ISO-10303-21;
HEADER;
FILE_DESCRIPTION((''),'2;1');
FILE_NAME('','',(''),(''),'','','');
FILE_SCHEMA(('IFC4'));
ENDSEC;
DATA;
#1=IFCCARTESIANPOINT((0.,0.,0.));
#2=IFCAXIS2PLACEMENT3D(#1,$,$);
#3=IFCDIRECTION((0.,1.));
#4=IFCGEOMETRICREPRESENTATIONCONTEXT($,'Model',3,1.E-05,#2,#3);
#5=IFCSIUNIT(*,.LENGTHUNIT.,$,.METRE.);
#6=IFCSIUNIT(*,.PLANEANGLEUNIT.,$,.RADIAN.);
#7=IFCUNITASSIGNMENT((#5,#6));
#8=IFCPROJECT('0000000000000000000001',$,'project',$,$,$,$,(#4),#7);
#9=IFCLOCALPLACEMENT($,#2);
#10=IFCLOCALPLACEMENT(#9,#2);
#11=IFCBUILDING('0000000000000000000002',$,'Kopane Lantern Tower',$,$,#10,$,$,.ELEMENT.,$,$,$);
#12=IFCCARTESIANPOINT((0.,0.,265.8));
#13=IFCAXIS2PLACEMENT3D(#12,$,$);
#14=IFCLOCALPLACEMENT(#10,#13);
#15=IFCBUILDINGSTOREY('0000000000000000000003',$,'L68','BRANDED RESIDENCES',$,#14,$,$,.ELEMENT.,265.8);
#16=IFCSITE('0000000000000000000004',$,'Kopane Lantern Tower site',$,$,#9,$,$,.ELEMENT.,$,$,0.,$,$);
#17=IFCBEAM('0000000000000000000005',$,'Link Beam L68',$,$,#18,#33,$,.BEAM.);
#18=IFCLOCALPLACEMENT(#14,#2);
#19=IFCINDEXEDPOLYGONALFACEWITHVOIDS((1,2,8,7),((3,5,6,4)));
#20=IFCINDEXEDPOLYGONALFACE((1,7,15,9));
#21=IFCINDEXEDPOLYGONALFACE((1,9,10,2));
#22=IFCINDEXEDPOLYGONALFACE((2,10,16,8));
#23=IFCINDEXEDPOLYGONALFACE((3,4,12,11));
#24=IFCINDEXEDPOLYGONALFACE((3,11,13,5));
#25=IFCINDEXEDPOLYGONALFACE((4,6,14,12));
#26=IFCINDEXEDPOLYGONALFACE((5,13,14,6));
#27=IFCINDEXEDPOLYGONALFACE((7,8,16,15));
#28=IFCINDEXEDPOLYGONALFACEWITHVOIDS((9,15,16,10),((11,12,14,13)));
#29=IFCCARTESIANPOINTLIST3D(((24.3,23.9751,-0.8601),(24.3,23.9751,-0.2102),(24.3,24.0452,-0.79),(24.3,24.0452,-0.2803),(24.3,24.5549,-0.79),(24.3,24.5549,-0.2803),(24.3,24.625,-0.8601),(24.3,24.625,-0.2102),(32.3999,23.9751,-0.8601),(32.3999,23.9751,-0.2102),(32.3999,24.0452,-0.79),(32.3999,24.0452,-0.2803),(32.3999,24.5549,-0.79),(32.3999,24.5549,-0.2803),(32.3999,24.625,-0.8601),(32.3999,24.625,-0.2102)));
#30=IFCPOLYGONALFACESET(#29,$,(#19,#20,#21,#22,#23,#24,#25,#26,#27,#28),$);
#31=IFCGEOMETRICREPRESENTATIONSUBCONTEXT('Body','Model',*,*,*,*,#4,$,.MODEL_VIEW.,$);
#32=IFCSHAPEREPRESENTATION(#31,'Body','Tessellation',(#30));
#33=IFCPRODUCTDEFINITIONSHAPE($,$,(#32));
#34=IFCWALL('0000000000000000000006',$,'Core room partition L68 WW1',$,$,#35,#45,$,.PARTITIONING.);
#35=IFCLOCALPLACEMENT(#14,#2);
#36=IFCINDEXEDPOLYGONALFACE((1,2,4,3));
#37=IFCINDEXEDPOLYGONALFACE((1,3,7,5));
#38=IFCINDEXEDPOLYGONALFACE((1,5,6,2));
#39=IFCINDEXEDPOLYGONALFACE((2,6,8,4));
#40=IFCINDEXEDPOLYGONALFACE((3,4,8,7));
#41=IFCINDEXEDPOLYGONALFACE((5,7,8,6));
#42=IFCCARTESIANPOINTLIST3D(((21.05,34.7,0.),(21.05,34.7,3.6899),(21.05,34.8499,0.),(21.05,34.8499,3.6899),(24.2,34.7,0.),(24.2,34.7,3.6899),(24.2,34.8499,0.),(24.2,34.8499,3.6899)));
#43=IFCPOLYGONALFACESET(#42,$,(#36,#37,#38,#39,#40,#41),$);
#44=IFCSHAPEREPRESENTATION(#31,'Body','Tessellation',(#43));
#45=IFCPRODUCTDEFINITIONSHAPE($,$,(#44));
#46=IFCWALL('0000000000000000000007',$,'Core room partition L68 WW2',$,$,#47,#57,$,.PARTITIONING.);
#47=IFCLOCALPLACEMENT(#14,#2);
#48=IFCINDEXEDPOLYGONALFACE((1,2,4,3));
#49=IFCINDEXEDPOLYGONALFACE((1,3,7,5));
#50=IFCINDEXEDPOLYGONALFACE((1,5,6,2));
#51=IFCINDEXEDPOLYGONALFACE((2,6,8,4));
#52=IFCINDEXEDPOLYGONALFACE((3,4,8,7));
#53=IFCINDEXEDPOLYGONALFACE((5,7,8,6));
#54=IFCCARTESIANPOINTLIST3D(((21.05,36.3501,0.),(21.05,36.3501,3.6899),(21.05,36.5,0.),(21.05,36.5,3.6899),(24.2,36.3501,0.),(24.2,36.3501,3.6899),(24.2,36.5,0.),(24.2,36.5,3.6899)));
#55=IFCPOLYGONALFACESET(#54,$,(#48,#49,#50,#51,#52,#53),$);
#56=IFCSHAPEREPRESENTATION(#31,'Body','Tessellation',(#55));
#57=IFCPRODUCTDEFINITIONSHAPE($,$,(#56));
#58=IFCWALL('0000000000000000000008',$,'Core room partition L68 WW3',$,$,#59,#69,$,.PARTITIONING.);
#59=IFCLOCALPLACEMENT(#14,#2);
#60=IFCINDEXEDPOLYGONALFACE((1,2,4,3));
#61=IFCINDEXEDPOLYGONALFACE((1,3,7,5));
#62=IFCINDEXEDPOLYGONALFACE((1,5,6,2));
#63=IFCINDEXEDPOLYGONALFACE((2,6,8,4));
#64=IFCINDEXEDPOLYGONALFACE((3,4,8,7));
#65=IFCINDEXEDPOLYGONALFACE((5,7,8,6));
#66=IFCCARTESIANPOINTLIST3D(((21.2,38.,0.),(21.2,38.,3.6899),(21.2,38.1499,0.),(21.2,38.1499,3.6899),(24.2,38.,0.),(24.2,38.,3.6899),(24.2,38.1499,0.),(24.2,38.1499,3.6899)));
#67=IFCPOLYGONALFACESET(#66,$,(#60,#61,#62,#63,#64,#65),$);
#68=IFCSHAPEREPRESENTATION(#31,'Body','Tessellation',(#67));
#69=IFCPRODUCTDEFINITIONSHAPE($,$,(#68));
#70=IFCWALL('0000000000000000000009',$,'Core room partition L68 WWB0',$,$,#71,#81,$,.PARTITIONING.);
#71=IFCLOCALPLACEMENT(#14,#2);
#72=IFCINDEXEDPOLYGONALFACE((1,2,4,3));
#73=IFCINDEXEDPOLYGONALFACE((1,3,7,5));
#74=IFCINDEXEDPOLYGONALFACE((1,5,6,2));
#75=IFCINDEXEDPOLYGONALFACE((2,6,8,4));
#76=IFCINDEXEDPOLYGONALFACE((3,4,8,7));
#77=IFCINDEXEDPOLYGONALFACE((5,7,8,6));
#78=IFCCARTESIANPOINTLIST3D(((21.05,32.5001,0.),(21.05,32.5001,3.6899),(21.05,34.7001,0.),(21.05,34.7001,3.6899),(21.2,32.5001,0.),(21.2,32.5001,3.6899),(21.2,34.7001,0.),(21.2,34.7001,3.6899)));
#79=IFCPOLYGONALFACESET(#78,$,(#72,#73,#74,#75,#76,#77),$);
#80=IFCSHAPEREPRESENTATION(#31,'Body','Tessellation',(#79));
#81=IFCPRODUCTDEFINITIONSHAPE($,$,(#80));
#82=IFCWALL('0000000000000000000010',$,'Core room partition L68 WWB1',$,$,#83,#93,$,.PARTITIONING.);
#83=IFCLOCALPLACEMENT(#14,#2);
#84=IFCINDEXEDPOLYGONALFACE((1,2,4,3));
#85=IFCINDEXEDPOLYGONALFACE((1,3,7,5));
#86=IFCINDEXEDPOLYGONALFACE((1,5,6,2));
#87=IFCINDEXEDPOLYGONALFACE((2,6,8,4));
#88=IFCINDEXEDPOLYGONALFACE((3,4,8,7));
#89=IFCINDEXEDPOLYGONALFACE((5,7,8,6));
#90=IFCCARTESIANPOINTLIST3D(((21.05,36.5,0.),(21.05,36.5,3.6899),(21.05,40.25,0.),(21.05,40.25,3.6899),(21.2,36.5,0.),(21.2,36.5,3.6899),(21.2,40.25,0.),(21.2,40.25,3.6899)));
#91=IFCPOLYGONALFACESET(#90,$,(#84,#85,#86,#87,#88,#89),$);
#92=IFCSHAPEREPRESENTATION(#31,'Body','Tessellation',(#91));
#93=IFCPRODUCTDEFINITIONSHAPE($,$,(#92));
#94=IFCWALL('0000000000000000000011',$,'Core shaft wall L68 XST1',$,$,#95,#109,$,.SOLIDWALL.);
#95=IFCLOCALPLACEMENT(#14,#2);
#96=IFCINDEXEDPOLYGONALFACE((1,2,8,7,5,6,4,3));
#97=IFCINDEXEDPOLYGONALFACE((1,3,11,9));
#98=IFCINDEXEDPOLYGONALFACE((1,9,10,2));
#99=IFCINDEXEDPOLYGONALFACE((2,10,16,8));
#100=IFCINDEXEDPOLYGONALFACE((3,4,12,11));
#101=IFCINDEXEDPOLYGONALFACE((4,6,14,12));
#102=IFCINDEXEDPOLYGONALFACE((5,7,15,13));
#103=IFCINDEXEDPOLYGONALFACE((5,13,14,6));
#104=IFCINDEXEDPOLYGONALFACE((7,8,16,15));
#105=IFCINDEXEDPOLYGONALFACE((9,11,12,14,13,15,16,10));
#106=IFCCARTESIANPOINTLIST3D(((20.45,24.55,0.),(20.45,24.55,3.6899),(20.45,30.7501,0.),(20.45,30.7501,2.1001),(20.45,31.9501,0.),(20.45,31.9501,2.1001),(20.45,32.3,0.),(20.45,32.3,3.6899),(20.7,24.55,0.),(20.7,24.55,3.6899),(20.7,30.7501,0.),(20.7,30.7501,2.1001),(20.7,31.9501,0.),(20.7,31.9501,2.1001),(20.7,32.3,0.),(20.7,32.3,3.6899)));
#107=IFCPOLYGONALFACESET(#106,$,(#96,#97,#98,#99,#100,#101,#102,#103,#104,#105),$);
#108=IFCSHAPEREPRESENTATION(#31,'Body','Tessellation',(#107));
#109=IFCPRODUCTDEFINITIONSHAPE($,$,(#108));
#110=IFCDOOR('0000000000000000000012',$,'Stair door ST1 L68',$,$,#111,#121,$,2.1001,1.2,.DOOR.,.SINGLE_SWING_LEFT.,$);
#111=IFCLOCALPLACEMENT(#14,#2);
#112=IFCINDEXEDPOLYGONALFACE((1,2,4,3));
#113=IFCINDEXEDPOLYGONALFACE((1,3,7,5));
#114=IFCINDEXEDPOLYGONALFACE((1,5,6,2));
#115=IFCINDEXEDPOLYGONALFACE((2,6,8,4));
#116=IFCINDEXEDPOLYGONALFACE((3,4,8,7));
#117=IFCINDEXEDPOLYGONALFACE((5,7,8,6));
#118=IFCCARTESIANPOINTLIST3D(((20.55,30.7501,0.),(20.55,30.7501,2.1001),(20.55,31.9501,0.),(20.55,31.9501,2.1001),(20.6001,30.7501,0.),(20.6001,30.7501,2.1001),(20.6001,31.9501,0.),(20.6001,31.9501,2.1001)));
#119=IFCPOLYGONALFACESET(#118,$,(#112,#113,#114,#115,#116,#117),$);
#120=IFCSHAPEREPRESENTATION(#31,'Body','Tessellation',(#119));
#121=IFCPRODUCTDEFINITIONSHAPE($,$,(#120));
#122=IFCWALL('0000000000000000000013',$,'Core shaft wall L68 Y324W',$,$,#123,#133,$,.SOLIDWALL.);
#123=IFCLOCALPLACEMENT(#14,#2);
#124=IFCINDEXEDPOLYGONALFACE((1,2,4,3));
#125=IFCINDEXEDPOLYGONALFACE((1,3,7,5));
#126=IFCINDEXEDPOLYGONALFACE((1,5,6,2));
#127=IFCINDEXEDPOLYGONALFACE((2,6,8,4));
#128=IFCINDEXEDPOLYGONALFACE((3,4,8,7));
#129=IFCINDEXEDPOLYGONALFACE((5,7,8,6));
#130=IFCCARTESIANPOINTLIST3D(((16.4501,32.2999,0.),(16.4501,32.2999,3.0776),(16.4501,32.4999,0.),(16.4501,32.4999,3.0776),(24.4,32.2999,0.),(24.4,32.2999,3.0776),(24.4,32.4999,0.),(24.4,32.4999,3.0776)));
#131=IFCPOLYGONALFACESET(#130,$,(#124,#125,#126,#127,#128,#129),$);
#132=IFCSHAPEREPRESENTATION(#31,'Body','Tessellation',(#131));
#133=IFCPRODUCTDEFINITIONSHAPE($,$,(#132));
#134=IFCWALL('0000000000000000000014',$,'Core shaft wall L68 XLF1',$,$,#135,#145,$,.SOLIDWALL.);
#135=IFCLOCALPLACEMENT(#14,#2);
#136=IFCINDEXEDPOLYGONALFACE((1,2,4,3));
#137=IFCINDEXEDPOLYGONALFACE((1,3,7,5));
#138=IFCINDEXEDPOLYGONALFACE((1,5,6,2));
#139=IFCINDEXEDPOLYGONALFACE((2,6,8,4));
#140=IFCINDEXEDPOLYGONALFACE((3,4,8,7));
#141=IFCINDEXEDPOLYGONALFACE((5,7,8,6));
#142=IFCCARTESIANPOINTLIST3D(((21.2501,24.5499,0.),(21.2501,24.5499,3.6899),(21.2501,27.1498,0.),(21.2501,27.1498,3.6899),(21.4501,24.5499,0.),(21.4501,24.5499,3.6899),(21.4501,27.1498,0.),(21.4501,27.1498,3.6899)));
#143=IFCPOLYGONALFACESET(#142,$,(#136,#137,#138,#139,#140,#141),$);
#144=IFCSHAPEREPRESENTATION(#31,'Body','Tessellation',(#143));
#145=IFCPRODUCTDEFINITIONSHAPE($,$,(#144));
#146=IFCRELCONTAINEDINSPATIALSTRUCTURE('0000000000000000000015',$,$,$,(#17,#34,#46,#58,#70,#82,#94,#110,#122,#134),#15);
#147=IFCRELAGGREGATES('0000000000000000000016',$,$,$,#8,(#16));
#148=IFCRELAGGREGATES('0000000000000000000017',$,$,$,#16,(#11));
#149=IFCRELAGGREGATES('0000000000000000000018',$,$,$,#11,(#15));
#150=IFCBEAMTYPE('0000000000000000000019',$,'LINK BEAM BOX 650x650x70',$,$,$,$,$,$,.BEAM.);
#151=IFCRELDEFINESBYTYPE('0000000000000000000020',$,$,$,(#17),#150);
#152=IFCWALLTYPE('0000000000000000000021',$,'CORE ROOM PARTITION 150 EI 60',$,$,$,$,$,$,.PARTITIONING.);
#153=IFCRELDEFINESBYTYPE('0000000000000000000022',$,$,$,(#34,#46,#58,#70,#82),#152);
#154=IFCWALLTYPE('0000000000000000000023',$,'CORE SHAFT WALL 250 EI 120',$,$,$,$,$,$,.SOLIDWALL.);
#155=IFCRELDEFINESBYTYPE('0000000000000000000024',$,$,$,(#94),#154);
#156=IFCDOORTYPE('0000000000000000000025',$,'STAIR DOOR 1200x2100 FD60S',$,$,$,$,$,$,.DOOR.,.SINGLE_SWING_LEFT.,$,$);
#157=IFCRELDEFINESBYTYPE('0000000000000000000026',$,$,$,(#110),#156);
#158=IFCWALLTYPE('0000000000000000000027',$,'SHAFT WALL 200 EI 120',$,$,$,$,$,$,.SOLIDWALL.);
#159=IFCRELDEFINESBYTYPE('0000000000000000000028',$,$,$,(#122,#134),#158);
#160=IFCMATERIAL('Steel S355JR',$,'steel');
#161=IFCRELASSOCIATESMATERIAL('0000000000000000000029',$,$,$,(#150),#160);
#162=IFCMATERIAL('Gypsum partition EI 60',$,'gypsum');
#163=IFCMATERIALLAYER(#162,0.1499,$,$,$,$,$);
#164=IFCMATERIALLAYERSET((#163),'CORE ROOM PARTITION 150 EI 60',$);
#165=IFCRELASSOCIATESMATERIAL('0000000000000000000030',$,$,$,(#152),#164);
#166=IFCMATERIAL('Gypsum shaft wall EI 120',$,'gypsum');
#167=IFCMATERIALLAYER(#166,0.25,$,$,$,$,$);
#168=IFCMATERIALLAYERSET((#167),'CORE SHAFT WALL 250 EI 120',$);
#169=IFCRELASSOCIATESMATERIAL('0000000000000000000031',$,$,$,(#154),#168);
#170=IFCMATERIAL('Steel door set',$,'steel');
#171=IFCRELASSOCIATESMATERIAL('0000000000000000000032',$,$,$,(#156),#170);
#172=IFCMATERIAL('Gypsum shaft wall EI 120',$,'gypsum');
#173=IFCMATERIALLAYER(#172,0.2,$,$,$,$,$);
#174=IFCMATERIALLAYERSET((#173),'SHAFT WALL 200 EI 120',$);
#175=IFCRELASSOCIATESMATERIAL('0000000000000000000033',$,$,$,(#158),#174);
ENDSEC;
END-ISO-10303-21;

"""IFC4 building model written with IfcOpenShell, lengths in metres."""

from ifc_helpers import new_model, si_unit, direction, frame, frame_2d, origin, origin_2d, place, context, subcontext, project, spatial, rectangle, hollow_rectangle, extrude, material, layer, layer_set, material_profile, profile_set, type_object, element, fill, save


model = new_model("IFC4")

# Units and contexts
model_context = context("Model", 3, precision=1e-05, world=origin(), true_north=direction((0.0, 1.0)))
body_context = subcontext(model_context, "Body", "Model", "MODEL_VIEW")
ifc_project = project(units=[si_unit("LENGTHUNIT", "METRE"), si_unit("PLANEANGLEUNIT", "RADIAN")], contexts=[model_context])

# Site, building, storey
site_placement = place(None, origin())
site = spatial("IfcSite", under=ifc_project, at=site_placement, Name="Kopane Lantern Tower site", CompositionType="ELEMENT", RefElevation=0.0)
building_placement = place(site_placement, origin())
building = spatial("IfcBuilding", under=site, at=building_placement, Name="Kopane Lantern Tower", CompositionType="ELEMENT")
storey_placement = place(building_placement, frame((0.0, 0.0, 265.8)))
storey = spatial("IfcBuildingStorey", under=building, at=storey_placement, Name="L68", Description="BRANDED RESIDENCES", CompositionType="ELEMENT", Elevation=265.8)

# Beam
ifc_material_1 = material(Name="Steel S355JR", Category="steel")
ifc_material_profile_1 = material_profile(ifc_material_1, hollow_rectangle(XDim=0.6499, YDim=0.6499, WallThickness=0.0701, at=origin_2d()), Name="BOX 650x650x70")
ifc_profile_set_1 = profile_set([ifc_material_profile_1], Name="Steel S355JR")
beam_type_1 = type_object("IfcBeamType", Name="LINK BEAM BOX 650x650x70", PredefinedType="BEAM", material=ifc_profile_set_1)
beam_1_placement = place(storey_placement, frame((24.3, 24.3, -0.5352), z_axis=(1.0, 0.0, 0.0), x_axis=(0.0, 1.0, 0.0)))
element("IfcBeam", 1, at=beam_1_placement, inside=storey, type_object=beam_type_1, Name="Link Beam L68", PredefinedType="BEAM", context=body_context, shape_type="SweptSolid", body=[
    extrude(hollow_rectangle(XDim=0.6499, YDim=0.6499, WallThickness=0.0701, at=origin_2d()), origin(), (0.0, 0.0, 1.0), 8.0999),
])

# Walls
ifc_material_2 = material(Name="Gypsum partition EI 60", Category="gypsum")
ifc_layer_1 = layer(ifc_material_2, 0.1499)
ifc_layer_set_1 = layer_set([ifc_layer_1], Name="CORE ROOM PARTITION 150 EI 60")
wall_type_1 = type_object("IfcWallType", Name="CORE ROOM PARTITION 150 EI 60", PredefinedType="PARTITIONING", material=ifc_layer_set_1)
for number, where, z_axis, x_axis, name in (
    (2, (21.05, 34.7749, 0.0), (0.0, 0.0, 1.0), (1.0, 0.0, 0.0), "Core room partition L68 WW1"),
    (3, (21.05, 36.425, 0.0), (0.0, 0.0, 1.0), (1.0, 0.0, 0.0), "Core room partition L68 WW2"),
):
    element("IfcWall", number, at=place(storey_placement, frame(where, z_axis=z_axis, x_axis=x_axis)), inside=storey, type_object=wall_type_1, Name=name, PredefinedType="PARTITIONING", context=body_context, shape_type="SweptSolid", body=[
        extrude(rectangle(XDim=3.1499, YDim=0.1499, at=frame_2d((1.575, 0.0))), origin(), (0.0, 0.0, 1.0), 3.6899),
    ])
wall_1_placement = place(storey_placement, frame((21.2, 38.075, 0.0), z_axis=(0.0, 0.0, 1.0), x_axis=(1.0, 0.0, 0.0)))
element("IfcWall", 4, at=wall_1_placement, inside=storey, type_object=wall_type_1, Name="Core room partition L68 WW3", PredefinedType="PARTITIONING", context=body_context, shape_type="SweptSolid", body=[
    extrude(rectangle(XDim=3.0, YDim=0.1499, at=frame_2d((1.5, 0.0))), origin(), (0.0, 0.0, 1.0), 3.6899),
])
wall_2_placement = place(storey_placement, frame((21.125, 32.5, 0.0), z_axis=(0.0, 0.0, 1.0), x_axis=(0.0, 1.0, 0.0)))
element("IfcWall", 5, at=wall_2_placement, inside=storey, type_object=wall_type_1, Name="Core room partition L68 WWB0", PredefinedType="PARTITIONING", context=body_context, shape_type="SweptSolid", body=[
    extrude(rectangle(XDim=2.2, YDim=0.1499, at=frame_2d((1.1001, 0.0))), origin(), (0.0, 0.0, 1.0), 3.6899),
])
wall_3_placement = place(storey_placement, frame((21.125, 36.5, 0.0), z_axis=(0.0, 0.0, 1.0), x_axis=(0.0, 1.0, 0.0)))
element("IfcWall", 6, at=wall_3_placement, inside=storey, type_object=wall_type_1, Name="Core room partition L68 WWB1", PredefinedType="PARTITIONING", context=body_context, shape_type="SweptSolid", body=[
    extrude(rectangle(XDim=3.75, YDim=0.1499, at=frame_2d((1.875, 0.0))), origin(), (0.0, 0.0, 1.0), 3.6899),
])

# Wall, opening, door
ifc_material_3 = material(Name="Gypsum shaft wall EI 120", Category="gypsum")
ifc_layer_2 = layer(ifc_material_3, 0.25)
ifc_layer_set_2 = layer_set([ifc_layer_2], Name="CORE SHAFT WALL 250 EI 120")
wall_type_2 = type_object("IfcWallType", Name="CORE SHAFT WALL 250 EI 120", PredefinedType="SOLIDWALL", material=ifc_layer_set_2)
wall_4_placement = place(storey_placement, frame((20.575, 24.55, 0.0), z_axis=(0.0, 0.0, 1.0), x_axis=(0.0, 1.0, 0.0)))
wall_4 = element("IfcWall", 7, at=wall_4_placement, inside=storey, type_object=wall_type_2, Name="Core shaft wall L68 XST1", PredefinedType="SOLIDWALL", context=body_context, shape_type="SweptSolid", body=[
    extrude(rectangle(XDim=7.75, YDim=0.25, at=frame_2d((3.875, 0.0))), origin(), (0.0, 0.0, 1.0), 3.6899),
])
opening_1_placement = place(wall_4_placement, frame((6.2, 0.0, 0.0)))
opening_1 = element("IfcOpeningElement", 8, at=opening_1_placement, cuts=wall_4, PredefinedType="OPENING", context=body_context, shape_type="SweptSolid", body=[
    extrude(rectangle(XDim=1.2, YDim=2.1001, at=frame_2d((0.6001, 1.05))), frame((0.0, 0.135, 0.0), z_axis=(0.0, -1.0, 0.0), x_axis=(1.0, 0.0, 0.0)), (0.0, 0.0, 1.0), 0.27),
])
ifc_material_4 = material(Name="Steel door set", Category="steel")
door_type_1 = type_object("IfcDoorType", Name="STAIR DOOR 1200x2100 FD60S", OperationType="SINGLE_SWING_LEFT", PredefinedType="DOOR", material=ifc_material_4)
door_1_placement = place(opening_1_placement, origin())
door_1 = element("IfcDoor", 9, at=door_1_placement, inside=storey, type_object=door_type_1, Name="Stair door ST1 L68", OperationType="SINGLE_SWING_LEFT", OverallHeight=2.1001, OverallWidth=1.2, PredefinedType="DOOR", context=body_context, shape_type="SweptSolid", body=[
    extrude(rectangle(XDim=1.2, YDim=2.1001, at=frame_2d((0.6001, 1.05))), frame((0.0, 0.0249, 0.0), z_axis=(0.0, -1.0, 0.0), x_axis=(1.0, 0.0, 0.0)), (0.0, 0.0, 1.0), 0.05),
])
fill(opening_1, door_1)

# Walls
ifc_material_5 = material(Name="Gypsum shaft wall EI 120", Category="gypsum")
ifc_layer_3 = layer(ifc_material_5, 0.2)
ifc_layer_set_3 = layer_set([ifc_layer_3], Name="SHAFT WALL 200 EI 120")
wall_type_3 = type_object("IfcWallType", Name="SHAFT WALL 200 EI 120", PredefinedType="SOLIDWALL", material=ifc_layer_set_3)
wall_5_placement = place(storey_placement, frame((16.45, 32.3999, 0.0), z_axis=(0.0, 0.0, 1.0), x_axis=(1.0, 0.0, 0.0)))
element("IfcWall", 10, at=wall_5_placement, inside=storey, type_object=wall_type_3, Name="Core shaft wall L68 Y324W", PredefinedType="SOLIDWALL", context=body_context, shape_type="SweptSolid", body=[
    extrude(rectangle(XDim=7.95, YDim=0.2, at=frame_2d((3.9751, 0.0))), origin(), (0.0, 0.0, 1.0), 3.0776),
])
wall_6_placement = place(storey_placement, frame((21.3501, 24.55, 0.0), z_axis=(0.0, 0.0, 1.0), x_axis=(0.0, 1.0, 0.0)))
element("IfcWall", 11, at=wall_6_placement, inside=storey, type_object=wall_type_3, Name="Core shaft wall L68 XLF1", PredefinedType="SOLIDWALL", context=body_context, shape_type="SweptSolid", body=[
    extrude(rectangle(XDim=2.5999, YDim=0.2, at=frame_2d((1.2998, 0.0))), origin(), (0.0, 0.0, 1.0), 3.6899),
])

save(model, "model.ifc")
